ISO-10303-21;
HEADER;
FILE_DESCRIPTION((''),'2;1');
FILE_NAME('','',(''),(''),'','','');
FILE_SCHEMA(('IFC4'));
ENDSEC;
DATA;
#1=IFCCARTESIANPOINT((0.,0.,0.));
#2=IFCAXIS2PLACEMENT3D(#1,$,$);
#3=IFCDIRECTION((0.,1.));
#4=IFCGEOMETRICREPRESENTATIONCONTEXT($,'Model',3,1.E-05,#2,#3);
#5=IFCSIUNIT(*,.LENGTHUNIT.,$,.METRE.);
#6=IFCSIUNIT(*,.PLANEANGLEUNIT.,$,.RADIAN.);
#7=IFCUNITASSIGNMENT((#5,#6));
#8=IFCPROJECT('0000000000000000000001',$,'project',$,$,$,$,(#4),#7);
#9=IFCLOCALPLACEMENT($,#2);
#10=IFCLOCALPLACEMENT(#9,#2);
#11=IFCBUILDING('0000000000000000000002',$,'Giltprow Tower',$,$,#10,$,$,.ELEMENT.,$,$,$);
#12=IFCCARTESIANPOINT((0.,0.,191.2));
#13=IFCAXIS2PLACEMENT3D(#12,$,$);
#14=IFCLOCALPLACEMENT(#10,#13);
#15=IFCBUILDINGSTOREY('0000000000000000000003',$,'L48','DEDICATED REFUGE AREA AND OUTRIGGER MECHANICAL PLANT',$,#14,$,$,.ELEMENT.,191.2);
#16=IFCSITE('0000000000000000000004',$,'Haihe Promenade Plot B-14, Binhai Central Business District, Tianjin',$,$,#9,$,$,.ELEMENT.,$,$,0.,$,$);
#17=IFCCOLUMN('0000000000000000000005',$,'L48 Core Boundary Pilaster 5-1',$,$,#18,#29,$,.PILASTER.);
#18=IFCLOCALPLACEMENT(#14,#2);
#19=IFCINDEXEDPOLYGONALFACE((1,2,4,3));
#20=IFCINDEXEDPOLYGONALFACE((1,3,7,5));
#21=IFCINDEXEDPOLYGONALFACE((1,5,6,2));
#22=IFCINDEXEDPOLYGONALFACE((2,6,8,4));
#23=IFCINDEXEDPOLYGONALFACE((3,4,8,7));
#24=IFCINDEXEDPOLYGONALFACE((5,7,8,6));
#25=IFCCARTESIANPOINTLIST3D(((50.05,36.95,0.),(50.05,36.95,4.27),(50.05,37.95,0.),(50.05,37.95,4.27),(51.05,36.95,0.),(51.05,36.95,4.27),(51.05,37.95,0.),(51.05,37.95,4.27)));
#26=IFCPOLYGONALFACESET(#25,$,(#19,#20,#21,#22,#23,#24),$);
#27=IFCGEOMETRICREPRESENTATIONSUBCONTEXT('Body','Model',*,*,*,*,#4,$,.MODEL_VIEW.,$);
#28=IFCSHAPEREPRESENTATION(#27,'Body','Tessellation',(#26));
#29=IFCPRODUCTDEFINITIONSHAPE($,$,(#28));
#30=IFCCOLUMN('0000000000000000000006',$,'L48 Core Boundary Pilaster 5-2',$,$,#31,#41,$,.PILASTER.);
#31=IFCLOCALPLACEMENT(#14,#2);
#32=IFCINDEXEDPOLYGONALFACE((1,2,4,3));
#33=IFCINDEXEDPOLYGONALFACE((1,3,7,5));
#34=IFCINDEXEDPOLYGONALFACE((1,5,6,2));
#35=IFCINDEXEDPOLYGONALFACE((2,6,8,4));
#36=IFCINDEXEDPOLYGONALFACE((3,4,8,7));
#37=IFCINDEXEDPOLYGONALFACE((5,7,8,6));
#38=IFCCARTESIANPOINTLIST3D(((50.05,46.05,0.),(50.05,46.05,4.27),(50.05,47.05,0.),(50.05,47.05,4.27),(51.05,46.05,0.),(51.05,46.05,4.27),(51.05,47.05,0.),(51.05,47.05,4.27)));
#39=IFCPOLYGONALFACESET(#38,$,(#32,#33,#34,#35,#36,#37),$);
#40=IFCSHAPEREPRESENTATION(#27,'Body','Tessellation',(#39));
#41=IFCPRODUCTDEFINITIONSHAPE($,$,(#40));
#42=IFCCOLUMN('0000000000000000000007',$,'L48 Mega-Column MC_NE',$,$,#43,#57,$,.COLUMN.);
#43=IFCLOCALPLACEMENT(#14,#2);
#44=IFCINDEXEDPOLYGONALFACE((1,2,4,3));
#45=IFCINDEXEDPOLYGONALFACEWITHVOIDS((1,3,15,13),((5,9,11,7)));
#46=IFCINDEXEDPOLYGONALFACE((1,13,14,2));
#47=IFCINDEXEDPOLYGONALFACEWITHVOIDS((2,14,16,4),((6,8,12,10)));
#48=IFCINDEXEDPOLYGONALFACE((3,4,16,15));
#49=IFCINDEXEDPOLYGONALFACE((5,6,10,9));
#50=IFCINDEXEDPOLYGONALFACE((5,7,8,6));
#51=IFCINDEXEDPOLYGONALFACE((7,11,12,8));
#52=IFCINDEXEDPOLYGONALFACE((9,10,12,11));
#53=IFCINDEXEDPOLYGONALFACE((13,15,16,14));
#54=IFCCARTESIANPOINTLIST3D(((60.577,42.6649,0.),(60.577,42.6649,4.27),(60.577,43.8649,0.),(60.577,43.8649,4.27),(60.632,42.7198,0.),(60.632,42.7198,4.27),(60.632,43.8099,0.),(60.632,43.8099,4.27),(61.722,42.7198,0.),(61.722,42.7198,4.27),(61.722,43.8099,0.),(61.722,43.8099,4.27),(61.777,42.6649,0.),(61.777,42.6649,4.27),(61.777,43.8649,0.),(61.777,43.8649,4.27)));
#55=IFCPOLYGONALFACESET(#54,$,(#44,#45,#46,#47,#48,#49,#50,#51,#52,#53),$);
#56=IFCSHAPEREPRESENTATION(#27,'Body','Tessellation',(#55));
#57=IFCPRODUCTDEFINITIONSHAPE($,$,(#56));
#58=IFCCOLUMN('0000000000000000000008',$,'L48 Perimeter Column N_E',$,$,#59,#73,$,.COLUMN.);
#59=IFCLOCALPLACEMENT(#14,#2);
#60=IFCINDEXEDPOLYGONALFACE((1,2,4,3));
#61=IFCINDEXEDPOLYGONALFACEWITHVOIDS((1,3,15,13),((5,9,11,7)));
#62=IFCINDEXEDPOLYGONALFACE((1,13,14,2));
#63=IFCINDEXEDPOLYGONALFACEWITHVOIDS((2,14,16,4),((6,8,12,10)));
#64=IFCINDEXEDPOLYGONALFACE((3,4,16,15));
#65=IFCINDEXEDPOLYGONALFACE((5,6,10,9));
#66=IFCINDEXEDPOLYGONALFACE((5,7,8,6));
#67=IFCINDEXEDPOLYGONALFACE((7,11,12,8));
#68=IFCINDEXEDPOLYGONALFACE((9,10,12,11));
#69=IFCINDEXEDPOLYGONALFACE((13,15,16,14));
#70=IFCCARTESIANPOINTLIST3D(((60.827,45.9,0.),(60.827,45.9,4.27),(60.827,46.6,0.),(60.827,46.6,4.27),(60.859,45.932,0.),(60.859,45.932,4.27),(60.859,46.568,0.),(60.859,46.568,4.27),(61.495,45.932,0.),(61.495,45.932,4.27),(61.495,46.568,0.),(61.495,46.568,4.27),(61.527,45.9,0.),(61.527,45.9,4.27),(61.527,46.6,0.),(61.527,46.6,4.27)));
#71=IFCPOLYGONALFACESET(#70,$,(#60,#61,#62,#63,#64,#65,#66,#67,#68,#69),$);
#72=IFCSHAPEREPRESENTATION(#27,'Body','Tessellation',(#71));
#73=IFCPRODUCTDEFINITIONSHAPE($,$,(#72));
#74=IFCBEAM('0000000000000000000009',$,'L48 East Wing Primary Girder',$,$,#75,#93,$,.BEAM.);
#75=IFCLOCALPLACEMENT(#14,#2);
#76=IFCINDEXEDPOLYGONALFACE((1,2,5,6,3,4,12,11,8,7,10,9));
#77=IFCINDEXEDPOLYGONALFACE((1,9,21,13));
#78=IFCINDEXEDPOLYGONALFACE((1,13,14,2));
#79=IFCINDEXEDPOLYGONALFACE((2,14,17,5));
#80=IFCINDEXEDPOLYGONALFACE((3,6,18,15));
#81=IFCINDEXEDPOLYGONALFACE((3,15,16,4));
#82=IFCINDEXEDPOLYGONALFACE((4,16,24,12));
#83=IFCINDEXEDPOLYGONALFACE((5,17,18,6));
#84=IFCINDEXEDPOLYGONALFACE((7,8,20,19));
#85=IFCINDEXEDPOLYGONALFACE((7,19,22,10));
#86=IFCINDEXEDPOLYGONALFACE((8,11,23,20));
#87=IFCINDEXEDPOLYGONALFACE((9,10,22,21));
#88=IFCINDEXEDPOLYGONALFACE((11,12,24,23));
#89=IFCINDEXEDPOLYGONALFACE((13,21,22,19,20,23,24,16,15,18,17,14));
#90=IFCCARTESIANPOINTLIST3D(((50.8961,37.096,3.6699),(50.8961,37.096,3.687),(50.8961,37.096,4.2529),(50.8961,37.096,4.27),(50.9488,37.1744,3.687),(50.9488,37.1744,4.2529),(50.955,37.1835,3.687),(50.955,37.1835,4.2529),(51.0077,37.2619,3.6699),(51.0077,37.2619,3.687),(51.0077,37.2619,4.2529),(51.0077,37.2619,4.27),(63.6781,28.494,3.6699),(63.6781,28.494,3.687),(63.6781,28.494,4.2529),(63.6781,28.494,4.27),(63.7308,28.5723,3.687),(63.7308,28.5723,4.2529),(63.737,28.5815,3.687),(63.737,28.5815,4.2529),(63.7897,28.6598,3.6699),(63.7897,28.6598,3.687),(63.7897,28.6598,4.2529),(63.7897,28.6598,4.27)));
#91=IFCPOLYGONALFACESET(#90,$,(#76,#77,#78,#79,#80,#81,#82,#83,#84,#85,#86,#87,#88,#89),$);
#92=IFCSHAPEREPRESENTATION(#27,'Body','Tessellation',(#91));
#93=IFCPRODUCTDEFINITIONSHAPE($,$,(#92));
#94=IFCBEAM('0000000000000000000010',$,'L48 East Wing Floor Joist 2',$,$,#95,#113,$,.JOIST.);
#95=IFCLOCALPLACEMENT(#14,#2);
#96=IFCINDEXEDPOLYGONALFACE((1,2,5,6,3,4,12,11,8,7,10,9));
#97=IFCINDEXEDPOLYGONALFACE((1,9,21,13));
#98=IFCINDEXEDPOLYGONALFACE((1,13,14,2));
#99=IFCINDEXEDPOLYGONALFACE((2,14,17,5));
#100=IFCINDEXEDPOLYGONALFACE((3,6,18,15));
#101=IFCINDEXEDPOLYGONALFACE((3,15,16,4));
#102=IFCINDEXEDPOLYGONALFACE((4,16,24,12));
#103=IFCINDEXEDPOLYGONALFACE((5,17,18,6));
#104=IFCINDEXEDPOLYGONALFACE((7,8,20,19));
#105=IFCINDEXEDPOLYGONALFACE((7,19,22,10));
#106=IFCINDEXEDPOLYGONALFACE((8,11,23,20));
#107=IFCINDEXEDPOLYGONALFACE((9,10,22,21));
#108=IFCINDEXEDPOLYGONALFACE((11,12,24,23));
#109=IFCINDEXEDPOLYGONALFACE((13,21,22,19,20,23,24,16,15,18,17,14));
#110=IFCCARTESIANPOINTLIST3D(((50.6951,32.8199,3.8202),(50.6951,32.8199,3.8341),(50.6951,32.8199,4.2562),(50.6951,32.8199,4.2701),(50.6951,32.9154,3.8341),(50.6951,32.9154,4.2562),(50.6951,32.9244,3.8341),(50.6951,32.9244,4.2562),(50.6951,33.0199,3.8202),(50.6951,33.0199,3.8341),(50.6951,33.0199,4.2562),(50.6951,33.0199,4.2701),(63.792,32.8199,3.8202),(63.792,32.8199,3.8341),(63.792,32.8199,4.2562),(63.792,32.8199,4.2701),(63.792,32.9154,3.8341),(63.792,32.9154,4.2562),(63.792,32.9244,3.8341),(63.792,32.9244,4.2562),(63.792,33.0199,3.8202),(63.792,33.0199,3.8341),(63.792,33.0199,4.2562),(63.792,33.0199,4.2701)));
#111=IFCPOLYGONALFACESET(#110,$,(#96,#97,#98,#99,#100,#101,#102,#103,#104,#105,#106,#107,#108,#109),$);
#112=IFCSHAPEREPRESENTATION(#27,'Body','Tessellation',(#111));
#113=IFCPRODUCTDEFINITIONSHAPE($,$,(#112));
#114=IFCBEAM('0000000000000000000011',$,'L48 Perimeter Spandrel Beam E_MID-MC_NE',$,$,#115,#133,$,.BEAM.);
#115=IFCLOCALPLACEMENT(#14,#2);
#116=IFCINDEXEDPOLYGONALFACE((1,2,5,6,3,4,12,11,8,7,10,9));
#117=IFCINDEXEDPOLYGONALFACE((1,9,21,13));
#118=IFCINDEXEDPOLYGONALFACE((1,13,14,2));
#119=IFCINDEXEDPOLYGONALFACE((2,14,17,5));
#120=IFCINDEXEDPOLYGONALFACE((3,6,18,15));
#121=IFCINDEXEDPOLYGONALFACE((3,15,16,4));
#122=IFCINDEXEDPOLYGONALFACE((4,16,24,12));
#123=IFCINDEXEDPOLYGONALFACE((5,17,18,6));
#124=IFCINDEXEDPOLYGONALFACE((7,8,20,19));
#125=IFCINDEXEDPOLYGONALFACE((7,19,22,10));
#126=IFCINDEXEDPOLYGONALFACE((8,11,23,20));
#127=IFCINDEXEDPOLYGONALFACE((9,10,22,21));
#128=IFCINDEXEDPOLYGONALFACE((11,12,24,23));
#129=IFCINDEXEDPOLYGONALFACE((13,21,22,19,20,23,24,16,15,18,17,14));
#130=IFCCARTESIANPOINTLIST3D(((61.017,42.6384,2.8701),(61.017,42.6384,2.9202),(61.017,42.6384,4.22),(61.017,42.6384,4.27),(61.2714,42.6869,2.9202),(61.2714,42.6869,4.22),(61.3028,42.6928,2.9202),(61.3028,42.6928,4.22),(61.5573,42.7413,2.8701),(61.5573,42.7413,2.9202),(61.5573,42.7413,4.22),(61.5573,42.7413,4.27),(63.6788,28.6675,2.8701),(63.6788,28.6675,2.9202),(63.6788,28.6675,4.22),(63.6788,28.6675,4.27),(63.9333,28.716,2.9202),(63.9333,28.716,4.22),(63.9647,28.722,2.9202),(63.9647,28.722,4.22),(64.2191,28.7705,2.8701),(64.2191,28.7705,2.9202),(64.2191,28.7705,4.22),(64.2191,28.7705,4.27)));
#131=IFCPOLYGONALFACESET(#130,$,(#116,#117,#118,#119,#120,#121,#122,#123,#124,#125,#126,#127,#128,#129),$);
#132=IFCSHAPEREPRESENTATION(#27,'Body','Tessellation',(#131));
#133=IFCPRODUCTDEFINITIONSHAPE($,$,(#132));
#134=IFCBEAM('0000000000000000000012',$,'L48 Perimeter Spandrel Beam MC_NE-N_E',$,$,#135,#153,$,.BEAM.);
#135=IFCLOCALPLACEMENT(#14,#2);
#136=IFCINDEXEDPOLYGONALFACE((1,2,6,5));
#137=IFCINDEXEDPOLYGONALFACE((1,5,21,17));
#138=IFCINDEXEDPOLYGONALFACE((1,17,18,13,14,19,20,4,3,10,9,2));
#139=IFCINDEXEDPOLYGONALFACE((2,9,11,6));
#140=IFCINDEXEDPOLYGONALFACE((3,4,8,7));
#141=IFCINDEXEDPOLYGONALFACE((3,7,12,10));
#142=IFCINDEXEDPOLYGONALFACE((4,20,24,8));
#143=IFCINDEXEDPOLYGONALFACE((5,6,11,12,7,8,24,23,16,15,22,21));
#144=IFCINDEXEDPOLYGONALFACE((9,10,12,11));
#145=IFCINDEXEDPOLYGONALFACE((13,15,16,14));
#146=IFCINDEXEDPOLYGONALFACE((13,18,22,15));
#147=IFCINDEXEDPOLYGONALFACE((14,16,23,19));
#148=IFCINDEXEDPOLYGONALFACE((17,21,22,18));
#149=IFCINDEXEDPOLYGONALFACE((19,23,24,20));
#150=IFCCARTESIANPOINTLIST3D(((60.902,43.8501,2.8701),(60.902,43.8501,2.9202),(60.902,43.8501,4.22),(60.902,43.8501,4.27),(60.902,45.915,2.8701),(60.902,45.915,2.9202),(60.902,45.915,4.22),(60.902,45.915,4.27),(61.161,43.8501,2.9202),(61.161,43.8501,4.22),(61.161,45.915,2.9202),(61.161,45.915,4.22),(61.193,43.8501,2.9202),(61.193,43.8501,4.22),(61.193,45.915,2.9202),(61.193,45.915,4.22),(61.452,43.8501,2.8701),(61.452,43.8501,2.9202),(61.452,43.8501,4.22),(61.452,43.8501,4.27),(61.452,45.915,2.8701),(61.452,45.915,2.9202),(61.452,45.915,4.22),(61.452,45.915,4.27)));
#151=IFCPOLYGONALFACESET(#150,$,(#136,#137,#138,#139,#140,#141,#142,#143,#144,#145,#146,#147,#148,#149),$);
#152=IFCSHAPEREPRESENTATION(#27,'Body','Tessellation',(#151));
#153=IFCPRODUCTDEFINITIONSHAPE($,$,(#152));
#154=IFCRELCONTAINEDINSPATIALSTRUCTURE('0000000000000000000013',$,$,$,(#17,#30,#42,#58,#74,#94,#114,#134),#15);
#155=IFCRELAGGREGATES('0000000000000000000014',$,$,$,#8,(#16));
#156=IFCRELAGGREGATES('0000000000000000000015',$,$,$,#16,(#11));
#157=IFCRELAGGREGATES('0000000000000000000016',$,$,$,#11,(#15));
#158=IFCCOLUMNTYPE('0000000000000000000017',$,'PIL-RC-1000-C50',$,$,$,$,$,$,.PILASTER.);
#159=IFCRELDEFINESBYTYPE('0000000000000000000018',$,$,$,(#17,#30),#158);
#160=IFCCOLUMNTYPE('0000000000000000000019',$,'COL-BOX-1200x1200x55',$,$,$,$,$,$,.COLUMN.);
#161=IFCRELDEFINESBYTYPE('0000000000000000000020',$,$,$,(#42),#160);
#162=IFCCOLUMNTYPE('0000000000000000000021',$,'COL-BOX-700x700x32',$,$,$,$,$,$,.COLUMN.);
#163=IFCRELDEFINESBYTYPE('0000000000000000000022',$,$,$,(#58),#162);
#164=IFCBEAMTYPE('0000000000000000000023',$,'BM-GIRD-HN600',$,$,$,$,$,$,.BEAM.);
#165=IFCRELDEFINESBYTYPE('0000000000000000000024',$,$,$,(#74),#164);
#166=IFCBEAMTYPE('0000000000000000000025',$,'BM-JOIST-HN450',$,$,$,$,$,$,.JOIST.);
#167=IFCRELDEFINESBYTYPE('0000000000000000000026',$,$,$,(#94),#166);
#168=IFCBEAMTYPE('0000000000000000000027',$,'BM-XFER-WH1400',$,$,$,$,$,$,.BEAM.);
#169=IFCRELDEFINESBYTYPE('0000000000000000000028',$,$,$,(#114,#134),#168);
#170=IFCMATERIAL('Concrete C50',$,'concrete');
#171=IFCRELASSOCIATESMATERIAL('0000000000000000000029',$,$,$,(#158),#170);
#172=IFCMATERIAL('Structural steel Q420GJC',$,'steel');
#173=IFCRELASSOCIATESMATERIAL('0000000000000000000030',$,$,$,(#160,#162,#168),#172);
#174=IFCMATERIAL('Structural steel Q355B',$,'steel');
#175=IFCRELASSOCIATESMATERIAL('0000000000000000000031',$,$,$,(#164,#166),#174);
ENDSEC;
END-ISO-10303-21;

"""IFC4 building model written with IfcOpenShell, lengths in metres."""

from ifc_helpers import new_model, si_unit, direction, frame, origin, origin_2d, place, context, subcontext, project, spatial, rectangle, hollow_rectangle, i_section, extrude, source, transform, mapped, material, material_profile, profile_set, type_object, element, save


model = new_model("IFC4")

# Units and contexts
model_context = context("Model", 3, precision=1e-05, world=origin(), true_north=direction((0.0, 1.0)))
body_context = subcontext(model_context, "Body", "Model", "MODEL_VIEW")
ifc_project = project(units=[si_unit("LENGTHUNIT", "METRE"), si_unit("PLANEANGLEUNIT", "RADIAN")], contexts=[model_context])

# Site, building, storey
site_placement = place(None, origin())
site = spatial("IfcSite", under=ifc_project, at=site_placement, Name="Haihe Promenade Plot B-14, Binhai Central Business District, Tianjin", CompositionType="ELEMENT", RefElevation=0.0)
building_placement = place(site_placement, origin())
building = spatial("IfcBuilding", under=site, at=building_placement, Name="Giltprow Tower", CompositionType="ELEMENT")
storey_placement = place(building_placement, frame((0.0, 0.0, 191.2)))
storey = spatial("IfcBuildingStorey", under=building, at=storey_placement, Name="L48", Description="DEDICATED REFUGE AREA AND OUTRIGGER MECHANICAL PLANT", CompositionType="ELEMENT", Elevation=191.2)

# Columns
ifc_material_1 = material(Name="Concrete C50", Category="concrete")
ifc_material_profile_1 = material_profile(ifc_material_1, rectangle(XDim=1.0, YDim=1.0, at=origin_2d()), Name="RC 1000x1000")
ifc_profile_set_1 = profile_set([ifc_material_profile_1], Name="Concrete C50")
column_type_1 = type_object("IfcColumnType", Name="PIL-RC-1000-C50", PredefinedType="PILASTER", material=ifc_profile_set_1)
shared_shape_1 = source(origin(), body_context, "Body", "SweptSolid", [
    extrude(rectangle(XDim=1.0, YDim=1.0, at=origin_2d()), origin(), (0.0, 0.0, 1.0), 4.27),
])
for number, where, z_axis, x_axis, name in (
    (1, (50.55, 37.45, 0.0), (0.0, 0.0, 1.0), (1.0, 0.0, 0.0), "L48 Core Boundary Pilaster 5-1"),
    (2, (50.55, 46.55, 0.0), (0.0, 0.0, 1.0), (1.0, 0.0, 0.0), "L48 Core Boundary Pilaster 5-2"),
):
    element("IfcColumn", number, at=place(storey_placement, frame(where, z_axis=z_axis, x_axis=x_axis)), inside=storey, type_object=column_type_1, Name=name, PredefinedType="PILASTER", context=body_context, shape_type="MappedRepresentation", body=[
        mapped(shared_shape_1, transform((0.0, 0.0, 0.0), x_axis=(1.0, 0.0, 0.0), y_axis=(0.0, 1.0, 0.0), z_axis=(0.0, 0.0, 1.0), scale=1.0)),
    ])
ifc_material_2 = material(Name="Structural steel Q420GJC", Category="steel")
ifc_material_profile_2 = material_profile(ifc_material_2, hollow_rectangle(XDim=1.2, YDim=1.2, WallThickness=0.0549, at=origin_2d()), Name="BOX 1200x1200x55")
ifc_profile_set_2 = profile_set([ifc_material_profile_2], Name="Structural steel Q420GJC")
column_type_2 = type_object("IfcColumnType", Name="COL-BOX-1200x1200x55", PredefinedType="COLUMN", material=ifc_profile_set_2)
shared_shape_2 = source(origin(), body_context, "Body", "SweptSolid", [
    extrude(hollow_rectangle(XDim=1.2, YDim=1.2, WallThickness=0.0549, at=origin_2d()), origin(), (0.0, 0.0, 1.0), 4.27),
])
column_1_placement = place(storey_placement, frame((61.177, 43.2649, 0.0), z_axis=(0.0, 0.0, 1.0), x_axis=(1.0, 0.0, 0.0)))
element("IfcColumn", 3, at=column_1_placement, inside=storey, type_object=column_type_2, Name="L48 Mega-Column MC_NE", PredefinedType="COLUMN", context=body_context, shape_type="MappedRepresentation", body=[
    mapped(shared_shape_2, transform((0.0, 0.0, 0.0), x_axis=(1.0, 0.0, 0.0), y_axis=(0.0, 1.0, 0.0), z_axis=(0.0, 0.0, 1.0), scale=1.0)),
])
ifc_material_profile_3 = material_profile(ifc_material_2, hollow_rectangle(XDim=0.7, YDim=0.7, WallThickness=0.032, at=origin_2d()), Name="BOX 700x700x32")
ifc_profile_set_3 = profile_set([ifc_material_profile_3], Name="Structural steel Q420GJC")
column_type_3 = type_object("IfcColumnType", Name="COL-BOX-700x700x32", PredefinedType="COLUMN", material=ifc_profile_set_3)
shared_shape_3 = source(origin(), body_context, "Body", "SweptSolid", [
    extrude(hollow_rectangle(XDim=0.7, YDim=0.7, WallThickness=0.032, at=origin_2d()), origin(), (0.0, 0.0, 1.0), 4.27),
])
column_2_placement = place(storey_placement, frame((61.177, 46.25, 0.0), z_axis=(0.0, 0.0, 1.0), x_axis=(1.0, 0.0, 0.0)))
element("IfcColumn", 4, at=column_2_placement, inside=storey, type_object=column_type_3, Name="L48 Perimeter Column N_E", PredefinedType="COLUMN", context=body_context, shape_type="MappedRepresentation", body=[
    mapped(shared_shape_3, transform((0.0, 0.0, 0.0), x_axis=(1.0, 0.0, 0.0), y_axis=(0.0, 1.0, 0.0), z_axis=(0.0, 0.0, 1.0), scale=1.0)),
])

# Beams
ifc_material_3 = material(Name="Structural steel Q355B", Category="steel")
ifc_material_profile_4 = material_profile(ifc_material_3, i_section(OverallWidth=0.2, OverallDepth=0.6001, WebThickness=0.011, FlangeThickness=0.0171, at=origin_2d()), Name="HN 600x200x11x17")
ifc_profile_set_4 = profile_set([ifc_material_profile_4], Name="Structural steel Q355B")
beam_type_1 = type_object("IfcBeamType", Name="BM-GIRD-HN600", PredefinedType="BEAM", material=ifc_profile_set_4)
shared_shape_4 = source(origin(), body_context, "Body", "SweptSolid", [
    extrude(i_section(OverallWidth=0.2, OverallDepth=0.6001, WebThickness=0.011, FlangeThickness=0.0171, at=origin_2d()), origin(), (0.0, 0.0, 1.0), 15.407),
])
beam_1_placement = place(storey_placement, frame((63.7339, 28.5769, 3.97), z_axis=(-0.829624, 0.558322, 0.0), x_axis=(-0.558322, -0.829624, 0.0)))
element("IfcBeam", 5, at=beam_1_placement, inside=storey, type_object=beam_type_1, Name="L48 East Wing Primary Girder", PredefinedType="BEAM", context=body_context, shape_type="MappedRepresentation", body=[
    mapped(shared_shape_4, transform((0.0, 0.0, 0.0), x_axis=(1.0, 0.0, 0.0), y_axis=(0.0, 1.0, 0.0), z_axis=(0.0, 0.0, 1.0), scale=1.0)),
])
ifc_material_profile_5 = material_profile(ifc_material_3, i_section(OverallWidth=0.2, OverallDepth=0.45, WebThickness=0.009, FlangeThickness=0.0139, at=origin_2d()), Name="HN 450x200x9x14")
ifc_profile_set_5 = profile_set([ifc_material_profile_5], Name="Structural steel Q355B")
beam_type_2 = type_object("IfcBeamType", Name="BM-JOIST-HN450", PredefinedType="JOIST", material=ifc_profile_set_5)
shared_shape_5 = source(origin(), body_context, "Body", "SweptSolid", [
    extrude(i_section(OverallWidth=0.2, OverallDepth=0.45, WebThickness=0.009, FlangeThickness=0.0139, at=origin_2d()), origin(), (0.0, 0.0, 1.0), 13.0969),
])
beam_2_placement = place(storey_placement, frame((50.6951, 32.9199, 4.0452), z_axis=(1.0, 0.0, 0.0), x_axis=(0.0, 1.0, 0.0)))
element("IfcBeam", 6, at=beam_2_placement, inside=storey, type_object=beam_type_2, Name="L48 East Wing Floor Joist 2", PredefinedType="JOIST", context=body_context, shape_type="MappedRepresentation", body=[
    mapped(shared_shape_5, transform((0.0, 0.0, 0.0), x_axis=(1.0, 0.0, 0.0), y_axis=(0.0, 1.0, 0.0), z_axis=(0.0, 0.0, 1.0), scale=1.0)),
])
ifc_material_profile_6 = material_profile(ifc_material_2, i_section(OverallWidth=0.55, OverallDepth=1.3999, WebThickness=0.032, FlangeThickness=0.05, at=origin_2d()), Name="WH 1400x550x32x50")
ifc_profile_set_6 = profile_set([ifc_material_profile_6], Name="Structural steel Q420GJC")
beam_type_3 = type_object("IfcBeamType", Name="BM-XFER-WH1400", PredefinedType="BEAM", material=ifc_profile_set_6)
shared_shape_6 = source(origin(), body_context, "Body", "SweptSolid", [
    extrude(i_section(OverallWidth=0.55, OverallDepth=1.3999, WebThickness=0.032, FlangeThickness=0.05, at=origin_2d()), origin(), (0.0, 0.0, 1.0), 14.2222),
])
beam_3_placement = place(storey_placement, frame((63.949, 28.719, 3.5701), z_axis=(-0.187162, 0.982329, 0.0), x_axis=(-0.982329, -0.187162, 0.0)))
element("IfcBeam", 7, at=beam_3_placement, inside=storey, type_object=beam_type_3, Name="L48 Perimeter Spandrel Beam E_MID-MC_NE", PredefinedType="BEAM", context=body_context, shape_type="MappedRepresentation", body=[
    mapped(shared_shape_6, transform((0.0, 0.0, 0.0), x_axis=(1.0, 0.0, 0.0), y_axis=(0.0, 1.0, 0.0), z_axis=(0.0, 0.0, 1.0), scale=1.0)),
])
shared_shape_7 = source(origin(), body_context, "Body", "SweptSolid", [
    extrude(i_section(OverallWidth=0.55, OverallDepth=1.3999, WebThickness=0.032, FlangeThickness=0.05, at=origin_2d()), origin(), (0.0, 0.0, 1.0), 2.0649),
])
beam_4_placement = place(storey_placement, frame((61.177, 43.8501, 3.5701), z_axis=(0.0, 1.0, 0.0), x_axis=(-1.0, 0.0, 0.0)))
element("IfcBeam", 8, at=beam_4_placement, inside=storey, type_object=beam_type_3, Name="L48 Perimeter Spandrel Beam MC_NE-N_E", PredefinedType="BEAM", context=body_context, shape_type="MappedRepresentation", body=[
    mapped(shared_shape_7, transform((0.0, 0.0, 0.0), x_axis=(1.0, 0.0, 0.0), y_axis=(0.0, 1.0, 0.0), z_axis=(0.0, 0.0, 1.0), scale=1.0)),
])

save(model, "model.ifc")
